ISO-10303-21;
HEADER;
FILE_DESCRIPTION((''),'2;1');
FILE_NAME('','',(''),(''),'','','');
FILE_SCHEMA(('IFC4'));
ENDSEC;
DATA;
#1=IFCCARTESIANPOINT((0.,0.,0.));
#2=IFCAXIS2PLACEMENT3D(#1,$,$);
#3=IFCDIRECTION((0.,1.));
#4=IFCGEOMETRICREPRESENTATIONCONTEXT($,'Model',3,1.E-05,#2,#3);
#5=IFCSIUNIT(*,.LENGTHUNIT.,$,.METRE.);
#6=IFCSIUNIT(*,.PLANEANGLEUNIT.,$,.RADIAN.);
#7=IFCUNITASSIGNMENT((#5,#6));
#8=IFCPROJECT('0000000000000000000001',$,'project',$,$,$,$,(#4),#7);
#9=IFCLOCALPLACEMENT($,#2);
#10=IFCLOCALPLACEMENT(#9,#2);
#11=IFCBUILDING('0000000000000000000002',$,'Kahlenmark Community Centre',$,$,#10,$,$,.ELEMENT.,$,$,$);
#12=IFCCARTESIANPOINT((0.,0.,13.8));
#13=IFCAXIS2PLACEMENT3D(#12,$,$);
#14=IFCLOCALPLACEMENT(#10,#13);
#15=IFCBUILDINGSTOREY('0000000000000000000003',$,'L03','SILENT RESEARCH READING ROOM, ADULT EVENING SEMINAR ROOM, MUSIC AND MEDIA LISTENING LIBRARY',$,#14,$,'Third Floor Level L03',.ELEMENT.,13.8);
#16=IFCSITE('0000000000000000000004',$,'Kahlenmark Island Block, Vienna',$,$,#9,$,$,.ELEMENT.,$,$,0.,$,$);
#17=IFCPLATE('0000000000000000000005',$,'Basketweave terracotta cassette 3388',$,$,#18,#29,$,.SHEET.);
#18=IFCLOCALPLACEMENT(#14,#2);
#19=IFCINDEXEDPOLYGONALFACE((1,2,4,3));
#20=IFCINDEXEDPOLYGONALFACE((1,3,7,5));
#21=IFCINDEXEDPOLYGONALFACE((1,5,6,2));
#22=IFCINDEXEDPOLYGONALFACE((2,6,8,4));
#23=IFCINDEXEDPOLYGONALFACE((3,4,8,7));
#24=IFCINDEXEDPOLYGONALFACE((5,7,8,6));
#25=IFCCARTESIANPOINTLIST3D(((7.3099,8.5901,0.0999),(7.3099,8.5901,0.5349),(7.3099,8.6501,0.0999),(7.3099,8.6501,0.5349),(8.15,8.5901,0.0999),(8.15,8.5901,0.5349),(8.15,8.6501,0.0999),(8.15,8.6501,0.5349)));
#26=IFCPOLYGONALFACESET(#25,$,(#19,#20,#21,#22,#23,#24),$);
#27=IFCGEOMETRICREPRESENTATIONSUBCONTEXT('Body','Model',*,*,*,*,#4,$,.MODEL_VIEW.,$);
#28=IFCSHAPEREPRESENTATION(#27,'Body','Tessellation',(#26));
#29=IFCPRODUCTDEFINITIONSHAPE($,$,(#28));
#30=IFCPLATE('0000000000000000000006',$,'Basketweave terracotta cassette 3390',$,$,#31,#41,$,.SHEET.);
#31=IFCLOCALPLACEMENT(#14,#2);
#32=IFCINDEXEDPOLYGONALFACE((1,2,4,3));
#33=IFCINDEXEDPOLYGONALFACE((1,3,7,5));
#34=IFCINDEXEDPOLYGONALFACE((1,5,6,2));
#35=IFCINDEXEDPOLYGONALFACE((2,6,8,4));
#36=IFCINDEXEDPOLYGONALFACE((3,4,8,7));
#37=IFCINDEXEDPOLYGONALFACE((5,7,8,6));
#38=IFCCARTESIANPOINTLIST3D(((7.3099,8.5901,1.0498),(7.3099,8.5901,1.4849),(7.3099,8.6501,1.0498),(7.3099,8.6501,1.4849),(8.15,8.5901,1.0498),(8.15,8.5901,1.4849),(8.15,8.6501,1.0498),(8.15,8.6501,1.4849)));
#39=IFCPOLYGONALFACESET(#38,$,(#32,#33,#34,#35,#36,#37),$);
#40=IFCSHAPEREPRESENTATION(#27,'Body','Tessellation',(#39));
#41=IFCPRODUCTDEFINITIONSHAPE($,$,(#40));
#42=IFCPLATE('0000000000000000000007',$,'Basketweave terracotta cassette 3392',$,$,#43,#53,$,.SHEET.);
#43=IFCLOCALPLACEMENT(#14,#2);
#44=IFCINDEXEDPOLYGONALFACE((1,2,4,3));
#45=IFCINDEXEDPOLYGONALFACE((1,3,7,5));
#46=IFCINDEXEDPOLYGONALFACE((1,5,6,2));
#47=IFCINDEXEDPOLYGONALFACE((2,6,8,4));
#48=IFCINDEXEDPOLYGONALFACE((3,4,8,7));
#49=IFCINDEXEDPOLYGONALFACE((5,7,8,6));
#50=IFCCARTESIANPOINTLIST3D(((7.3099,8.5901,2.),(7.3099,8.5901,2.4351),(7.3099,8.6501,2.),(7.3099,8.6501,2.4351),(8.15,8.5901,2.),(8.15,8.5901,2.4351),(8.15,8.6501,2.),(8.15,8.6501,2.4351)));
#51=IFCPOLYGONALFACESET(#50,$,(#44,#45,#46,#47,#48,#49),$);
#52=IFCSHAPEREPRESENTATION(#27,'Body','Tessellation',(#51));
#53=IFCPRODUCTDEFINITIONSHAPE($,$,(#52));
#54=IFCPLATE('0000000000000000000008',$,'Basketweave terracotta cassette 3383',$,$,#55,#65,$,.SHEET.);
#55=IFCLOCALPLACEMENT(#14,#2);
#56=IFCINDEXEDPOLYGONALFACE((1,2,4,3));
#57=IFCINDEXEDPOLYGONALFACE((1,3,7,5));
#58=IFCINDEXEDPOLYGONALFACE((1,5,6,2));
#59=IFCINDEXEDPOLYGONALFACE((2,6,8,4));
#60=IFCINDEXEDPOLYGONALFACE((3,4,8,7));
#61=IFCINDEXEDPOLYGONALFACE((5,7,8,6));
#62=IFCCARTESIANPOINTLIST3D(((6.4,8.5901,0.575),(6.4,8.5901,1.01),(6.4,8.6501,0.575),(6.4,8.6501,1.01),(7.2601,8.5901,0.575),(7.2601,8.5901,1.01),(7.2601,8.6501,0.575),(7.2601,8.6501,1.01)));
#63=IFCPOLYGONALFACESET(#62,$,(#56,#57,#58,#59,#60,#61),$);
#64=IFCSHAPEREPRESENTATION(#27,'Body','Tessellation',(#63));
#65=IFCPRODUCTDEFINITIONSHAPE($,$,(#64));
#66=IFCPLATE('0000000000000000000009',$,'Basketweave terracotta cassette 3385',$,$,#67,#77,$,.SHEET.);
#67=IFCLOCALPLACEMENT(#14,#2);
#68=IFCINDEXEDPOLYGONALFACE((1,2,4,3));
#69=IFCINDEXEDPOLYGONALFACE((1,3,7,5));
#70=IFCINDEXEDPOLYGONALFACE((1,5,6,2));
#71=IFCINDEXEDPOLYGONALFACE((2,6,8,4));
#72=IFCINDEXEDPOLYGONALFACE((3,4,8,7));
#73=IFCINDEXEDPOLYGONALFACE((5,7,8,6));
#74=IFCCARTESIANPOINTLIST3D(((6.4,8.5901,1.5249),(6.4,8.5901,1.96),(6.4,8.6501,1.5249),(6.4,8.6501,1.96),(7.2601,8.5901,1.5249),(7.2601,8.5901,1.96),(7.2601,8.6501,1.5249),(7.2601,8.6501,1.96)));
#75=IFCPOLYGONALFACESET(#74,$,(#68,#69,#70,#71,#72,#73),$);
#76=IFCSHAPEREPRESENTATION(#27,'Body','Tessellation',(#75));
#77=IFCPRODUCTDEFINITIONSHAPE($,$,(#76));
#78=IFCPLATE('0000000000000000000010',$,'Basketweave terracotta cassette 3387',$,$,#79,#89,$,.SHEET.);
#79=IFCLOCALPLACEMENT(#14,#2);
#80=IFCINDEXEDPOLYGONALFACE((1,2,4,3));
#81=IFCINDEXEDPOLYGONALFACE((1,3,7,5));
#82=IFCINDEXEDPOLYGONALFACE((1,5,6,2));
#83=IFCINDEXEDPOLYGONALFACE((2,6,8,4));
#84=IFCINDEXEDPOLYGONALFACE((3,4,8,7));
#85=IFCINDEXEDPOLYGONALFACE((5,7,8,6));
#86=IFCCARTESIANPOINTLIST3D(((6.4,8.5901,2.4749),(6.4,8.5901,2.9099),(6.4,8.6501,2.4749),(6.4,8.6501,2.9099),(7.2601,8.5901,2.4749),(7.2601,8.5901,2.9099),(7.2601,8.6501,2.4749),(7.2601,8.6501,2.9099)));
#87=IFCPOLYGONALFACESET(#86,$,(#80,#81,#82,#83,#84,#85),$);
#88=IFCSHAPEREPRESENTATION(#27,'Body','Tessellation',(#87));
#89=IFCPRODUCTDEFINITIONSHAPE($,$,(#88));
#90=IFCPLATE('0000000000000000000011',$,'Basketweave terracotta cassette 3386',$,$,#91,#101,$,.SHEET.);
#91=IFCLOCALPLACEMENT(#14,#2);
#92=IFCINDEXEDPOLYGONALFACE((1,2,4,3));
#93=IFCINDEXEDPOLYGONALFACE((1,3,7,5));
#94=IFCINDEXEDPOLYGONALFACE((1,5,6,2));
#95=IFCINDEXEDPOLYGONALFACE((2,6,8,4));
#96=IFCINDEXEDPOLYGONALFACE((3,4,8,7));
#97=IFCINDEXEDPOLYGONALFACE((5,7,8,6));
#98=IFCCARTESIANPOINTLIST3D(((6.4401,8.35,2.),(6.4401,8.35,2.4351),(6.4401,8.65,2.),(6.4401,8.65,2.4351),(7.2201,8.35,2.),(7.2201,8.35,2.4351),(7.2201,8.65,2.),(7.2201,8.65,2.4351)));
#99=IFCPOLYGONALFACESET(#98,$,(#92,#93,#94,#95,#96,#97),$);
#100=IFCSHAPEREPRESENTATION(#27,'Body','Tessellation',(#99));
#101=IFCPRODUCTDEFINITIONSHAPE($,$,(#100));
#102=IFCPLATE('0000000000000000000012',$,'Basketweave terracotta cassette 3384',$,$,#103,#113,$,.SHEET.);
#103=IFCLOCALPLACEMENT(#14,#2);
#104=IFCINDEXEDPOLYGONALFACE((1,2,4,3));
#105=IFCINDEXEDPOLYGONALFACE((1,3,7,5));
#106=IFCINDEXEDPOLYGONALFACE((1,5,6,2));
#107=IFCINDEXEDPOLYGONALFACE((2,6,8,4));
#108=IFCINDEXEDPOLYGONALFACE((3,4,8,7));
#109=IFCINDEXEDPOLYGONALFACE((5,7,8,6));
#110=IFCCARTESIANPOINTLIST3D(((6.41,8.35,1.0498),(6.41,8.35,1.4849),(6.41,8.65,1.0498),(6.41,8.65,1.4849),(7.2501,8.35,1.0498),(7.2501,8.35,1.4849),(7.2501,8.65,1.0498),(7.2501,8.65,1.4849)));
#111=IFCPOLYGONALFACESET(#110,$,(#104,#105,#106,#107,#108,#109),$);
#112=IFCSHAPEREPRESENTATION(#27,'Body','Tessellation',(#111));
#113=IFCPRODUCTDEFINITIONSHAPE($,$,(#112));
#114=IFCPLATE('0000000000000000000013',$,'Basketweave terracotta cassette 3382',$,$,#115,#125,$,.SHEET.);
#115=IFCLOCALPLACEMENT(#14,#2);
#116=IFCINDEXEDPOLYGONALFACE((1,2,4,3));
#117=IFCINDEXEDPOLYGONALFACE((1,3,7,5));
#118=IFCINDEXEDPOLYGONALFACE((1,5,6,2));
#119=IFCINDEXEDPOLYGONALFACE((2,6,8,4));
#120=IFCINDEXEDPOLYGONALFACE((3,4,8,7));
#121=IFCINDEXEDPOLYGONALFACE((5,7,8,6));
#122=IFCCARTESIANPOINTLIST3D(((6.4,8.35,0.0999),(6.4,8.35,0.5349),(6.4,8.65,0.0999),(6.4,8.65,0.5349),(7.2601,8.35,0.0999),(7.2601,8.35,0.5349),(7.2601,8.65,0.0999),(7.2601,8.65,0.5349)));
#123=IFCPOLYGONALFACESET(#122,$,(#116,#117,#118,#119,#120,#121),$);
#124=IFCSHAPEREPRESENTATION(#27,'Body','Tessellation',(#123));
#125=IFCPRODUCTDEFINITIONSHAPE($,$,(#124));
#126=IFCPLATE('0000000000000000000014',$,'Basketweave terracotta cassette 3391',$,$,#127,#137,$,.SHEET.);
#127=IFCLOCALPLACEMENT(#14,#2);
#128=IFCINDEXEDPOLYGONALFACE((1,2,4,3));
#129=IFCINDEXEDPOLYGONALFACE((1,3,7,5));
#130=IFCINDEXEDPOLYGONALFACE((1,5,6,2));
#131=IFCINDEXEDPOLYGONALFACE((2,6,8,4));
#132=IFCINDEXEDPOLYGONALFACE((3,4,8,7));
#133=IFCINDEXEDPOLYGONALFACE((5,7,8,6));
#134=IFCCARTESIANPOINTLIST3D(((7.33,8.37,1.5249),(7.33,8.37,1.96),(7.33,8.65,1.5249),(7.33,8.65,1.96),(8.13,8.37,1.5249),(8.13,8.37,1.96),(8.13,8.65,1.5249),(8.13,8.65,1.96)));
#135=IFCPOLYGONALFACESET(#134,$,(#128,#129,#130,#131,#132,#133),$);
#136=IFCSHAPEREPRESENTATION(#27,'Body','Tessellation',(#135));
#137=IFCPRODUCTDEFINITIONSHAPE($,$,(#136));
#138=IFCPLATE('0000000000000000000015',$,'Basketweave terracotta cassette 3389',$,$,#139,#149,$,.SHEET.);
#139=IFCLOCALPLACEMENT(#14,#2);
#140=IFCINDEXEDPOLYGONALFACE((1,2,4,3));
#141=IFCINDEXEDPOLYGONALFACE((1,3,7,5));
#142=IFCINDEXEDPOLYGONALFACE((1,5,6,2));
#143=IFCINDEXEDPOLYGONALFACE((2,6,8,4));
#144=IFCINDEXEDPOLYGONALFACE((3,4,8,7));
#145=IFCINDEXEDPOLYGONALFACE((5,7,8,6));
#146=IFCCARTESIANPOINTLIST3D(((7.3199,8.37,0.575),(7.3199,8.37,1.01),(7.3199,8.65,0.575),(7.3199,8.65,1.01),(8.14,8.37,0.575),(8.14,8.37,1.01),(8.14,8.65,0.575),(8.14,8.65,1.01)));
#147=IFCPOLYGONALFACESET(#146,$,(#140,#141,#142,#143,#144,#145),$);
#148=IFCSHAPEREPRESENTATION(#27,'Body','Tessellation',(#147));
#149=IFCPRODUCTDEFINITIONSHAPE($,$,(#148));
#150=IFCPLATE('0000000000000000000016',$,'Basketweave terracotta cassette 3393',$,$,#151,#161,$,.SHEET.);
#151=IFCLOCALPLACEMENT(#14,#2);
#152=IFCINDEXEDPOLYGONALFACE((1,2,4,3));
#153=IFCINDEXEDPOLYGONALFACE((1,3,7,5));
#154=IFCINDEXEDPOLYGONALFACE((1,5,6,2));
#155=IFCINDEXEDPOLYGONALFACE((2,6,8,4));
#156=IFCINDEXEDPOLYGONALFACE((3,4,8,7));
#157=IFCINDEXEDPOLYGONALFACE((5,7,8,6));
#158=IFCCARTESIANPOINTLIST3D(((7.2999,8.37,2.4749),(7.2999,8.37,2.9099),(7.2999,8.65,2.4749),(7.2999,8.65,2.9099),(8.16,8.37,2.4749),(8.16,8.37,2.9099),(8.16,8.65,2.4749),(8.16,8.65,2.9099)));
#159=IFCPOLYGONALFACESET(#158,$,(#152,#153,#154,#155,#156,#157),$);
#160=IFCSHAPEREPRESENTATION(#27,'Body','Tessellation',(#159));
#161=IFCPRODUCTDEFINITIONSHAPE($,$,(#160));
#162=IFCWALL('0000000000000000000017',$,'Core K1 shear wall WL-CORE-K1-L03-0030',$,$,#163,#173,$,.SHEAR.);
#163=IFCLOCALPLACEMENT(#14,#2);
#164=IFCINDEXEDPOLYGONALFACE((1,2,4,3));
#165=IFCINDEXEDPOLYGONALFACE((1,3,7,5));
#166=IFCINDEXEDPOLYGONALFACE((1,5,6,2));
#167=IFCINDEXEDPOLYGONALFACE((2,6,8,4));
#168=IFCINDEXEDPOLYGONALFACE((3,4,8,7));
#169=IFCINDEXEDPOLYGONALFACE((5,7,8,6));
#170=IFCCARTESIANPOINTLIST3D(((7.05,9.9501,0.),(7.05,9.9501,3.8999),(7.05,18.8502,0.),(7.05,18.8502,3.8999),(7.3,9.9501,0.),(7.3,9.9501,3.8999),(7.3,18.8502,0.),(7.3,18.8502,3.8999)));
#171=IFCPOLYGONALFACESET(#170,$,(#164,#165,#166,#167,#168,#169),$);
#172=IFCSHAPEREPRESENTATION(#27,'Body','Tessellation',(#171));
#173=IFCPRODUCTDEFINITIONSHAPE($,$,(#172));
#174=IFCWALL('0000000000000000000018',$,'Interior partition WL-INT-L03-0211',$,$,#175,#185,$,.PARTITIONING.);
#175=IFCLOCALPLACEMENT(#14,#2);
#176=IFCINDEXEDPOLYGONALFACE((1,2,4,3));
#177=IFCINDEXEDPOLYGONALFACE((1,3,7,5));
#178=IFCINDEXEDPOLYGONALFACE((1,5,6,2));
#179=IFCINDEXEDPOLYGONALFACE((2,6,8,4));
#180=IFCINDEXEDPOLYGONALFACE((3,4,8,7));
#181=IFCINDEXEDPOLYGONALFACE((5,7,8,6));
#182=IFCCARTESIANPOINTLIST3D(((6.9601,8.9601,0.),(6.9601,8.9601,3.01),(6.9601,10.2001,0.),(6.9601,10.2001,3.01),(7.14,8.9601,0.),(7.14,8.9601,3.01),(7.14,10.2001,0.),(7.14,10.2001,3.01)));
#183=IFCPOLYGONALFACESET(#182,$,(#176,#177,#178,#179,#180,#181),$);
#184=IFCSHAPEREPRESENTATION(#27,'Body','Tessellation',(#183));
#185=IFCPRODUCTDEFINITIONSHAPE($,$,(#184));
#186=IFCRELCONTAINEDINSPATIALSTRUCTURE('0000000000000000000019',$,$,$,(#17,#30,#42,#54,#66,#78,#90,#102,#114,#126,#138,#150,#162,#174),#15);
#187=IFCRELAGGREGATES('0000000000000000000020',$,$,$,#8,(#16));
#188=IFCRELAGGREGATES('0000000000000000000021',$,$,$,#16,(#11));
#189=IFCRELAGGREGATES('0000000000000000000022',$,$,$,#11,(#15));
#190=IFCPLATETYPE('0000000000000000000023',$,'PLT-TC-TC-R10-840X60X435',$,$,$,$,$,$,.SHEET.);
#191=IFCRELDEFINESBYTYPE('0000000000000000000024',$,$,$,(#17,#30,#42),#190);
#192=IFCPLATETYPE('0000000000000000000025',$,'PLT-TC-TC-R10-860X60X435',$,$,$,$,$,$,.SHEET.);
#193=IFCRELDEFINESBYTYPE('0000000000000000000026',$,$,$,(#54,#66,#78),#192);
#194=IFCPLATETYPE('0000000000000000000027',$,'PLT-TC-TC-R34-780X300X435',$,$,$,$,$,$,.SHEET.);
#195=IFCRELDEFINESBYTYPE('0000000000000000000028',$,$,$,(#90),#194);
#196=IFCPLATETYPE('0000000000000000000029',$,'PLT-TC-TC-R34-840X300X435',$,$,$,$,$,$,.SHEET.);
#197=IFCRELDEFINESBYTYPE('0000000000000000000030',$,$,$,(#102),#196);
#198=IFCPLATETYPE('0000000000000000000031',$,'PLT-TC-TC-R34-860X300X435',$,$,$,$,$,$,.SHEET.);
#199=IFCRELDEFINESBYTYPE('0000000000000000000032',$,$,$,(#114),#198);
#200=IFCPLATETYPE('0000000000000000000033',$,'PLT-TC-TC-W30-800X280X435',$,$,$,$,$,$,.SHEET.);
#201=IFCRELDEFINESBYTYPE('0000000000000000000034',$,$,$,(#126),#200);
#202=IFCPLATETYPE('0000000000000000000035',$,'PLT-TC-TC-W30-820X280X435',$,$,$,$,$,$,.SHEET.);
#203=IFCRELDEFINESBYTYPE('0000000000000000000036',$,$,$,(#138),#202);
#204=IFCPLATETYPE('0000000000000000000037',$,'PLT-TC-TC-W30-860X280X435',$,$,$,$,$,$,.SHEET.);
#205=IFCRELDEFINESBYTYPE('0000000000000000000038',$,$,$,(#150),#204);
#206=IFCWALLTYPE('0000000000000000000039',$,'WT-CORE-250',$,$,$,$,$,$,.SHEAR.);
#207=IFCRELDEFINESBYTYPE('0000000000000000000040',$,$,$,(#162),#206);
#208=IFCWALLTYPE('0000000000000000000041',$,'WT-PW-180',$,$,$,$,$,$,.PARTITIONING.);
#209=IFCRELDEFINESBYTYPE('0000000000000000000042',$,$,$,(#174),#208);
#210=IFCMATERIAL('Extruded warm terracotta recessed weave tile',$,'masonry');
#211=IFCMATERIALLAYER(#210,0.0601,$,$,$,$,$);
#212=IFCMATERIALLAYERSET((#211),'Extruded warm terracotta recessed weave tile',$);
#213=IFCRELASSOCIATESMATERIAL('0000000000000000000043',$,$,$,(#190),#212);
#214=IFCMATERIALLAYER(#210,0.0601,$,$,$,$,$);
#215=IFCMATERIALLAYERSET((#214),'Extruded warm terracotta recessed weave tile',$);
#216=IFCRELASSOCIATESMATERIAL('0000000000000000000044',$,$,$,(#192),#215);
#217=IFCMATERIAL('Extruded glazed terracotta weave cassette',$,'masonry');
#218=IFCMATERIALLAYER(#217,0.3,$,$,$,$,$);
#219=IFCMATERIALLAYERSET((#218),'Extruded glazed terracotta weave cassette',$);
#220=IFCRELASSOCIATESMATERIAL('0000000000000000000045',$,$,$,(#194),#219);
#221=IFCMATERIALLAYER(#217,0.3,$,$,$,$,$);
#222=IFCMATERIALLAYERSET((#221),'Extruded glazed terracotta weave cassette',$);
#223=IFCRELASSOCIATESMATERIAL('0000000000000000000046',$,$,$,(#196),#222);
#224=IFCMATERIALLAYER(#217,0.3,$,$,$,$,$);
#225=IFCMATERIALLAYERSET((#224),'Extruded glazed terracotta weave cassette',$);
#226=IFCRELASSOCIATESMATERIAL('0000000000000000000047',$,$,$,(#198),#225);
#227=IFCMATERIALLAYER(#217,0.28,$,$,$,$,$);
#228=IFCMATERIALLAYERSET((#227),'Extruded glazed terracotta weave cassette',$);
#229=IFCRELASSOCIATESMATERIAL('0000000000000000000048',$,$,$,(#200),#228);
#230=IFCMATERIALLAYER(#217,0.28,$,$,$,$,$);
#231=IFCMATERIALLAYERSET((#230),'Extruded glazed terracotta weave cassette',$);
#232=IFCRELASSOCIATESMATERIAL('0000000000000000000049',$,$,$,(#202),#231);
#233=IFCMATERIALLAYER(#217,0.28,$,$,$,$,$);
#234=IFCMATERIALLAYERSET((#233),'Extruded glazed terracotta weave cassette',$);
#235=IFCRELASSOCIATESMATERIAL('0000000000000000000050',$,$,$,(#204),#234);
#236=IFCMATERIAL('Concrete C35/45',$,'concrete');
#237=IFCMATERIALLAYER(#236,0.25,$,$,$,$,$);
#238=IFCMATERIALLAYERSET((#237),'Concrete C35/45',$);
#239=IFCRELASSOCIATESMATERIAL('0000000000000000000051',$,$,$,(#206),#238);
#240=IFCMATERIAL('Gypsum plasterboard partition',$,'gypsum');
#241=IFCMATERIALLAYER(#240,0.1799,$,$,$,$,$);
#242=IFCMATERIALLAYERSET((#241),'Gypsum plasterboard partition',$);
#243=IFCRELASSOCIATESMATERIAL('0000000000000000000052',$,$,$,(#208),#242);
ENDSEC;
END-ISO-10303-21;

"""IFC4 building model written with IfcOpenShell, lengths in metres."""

from ifc_helpers import new_model, si_unit, direction, frame, frame_2d, origin, origin_2d, place, context, subcontext, project, spatial, rectangle, extrude, material, layer, layer_set, type_object, element, save


model = new_model("IFC4")

# Units and contexts
model_context = context("Model", 3, precision=1e-05, world=origin(), true_north=direction((0.0, 1.0)))
body_context = subcontext(model_context, "Body", "Model", "MODEL_VIEW")
ifc_project = project(units=[si_unit("LENGTHUNIT", "METRE"), si_unit("PLANEANGLEUNIT", "RADIAN")], contexts=[model_context])

# Site, building, storey
site_placement = place(None, origin())
site = spatial("IfcSite", under=ifc_project, at=site_placement, Name="Kahlenmark Island Block, Vienna", CompositionType="ELEMENT", RefElevation=0.0)
building_placement = place(site_placement, origin())
building = spatial("IfcBuilding", under=site, at=building_placement, Name="Kahlenmark Community Centre", CompositionType="ELEMENT")
storey_placement = place(building_placement, frame((0.0, 0.0, 13.8)))
storey = spatial("IfcBuildingStorey", under=building, at=storey_placement, Name="L03", Description="SILENT RESEARCH READING ROOM, ADULT EVENING SEMINAR ROOM, MUSIC AND MEDIA LISTENING LIBRARY", LongName="Third Floor Level L03", CompositionType="ELEMENT", Elevation=13.8)

# Plates
ifc_material_1 = material(Name="Extruded warm terracotta recessed weave tile", Category="masonry")
ifc_layer_1 = layer(ifc_material_1, 0.0601)
ifc_layer_set_1 = layer_set([ifc_layer_1], Name="Extruded warm terracotta recessed weave tile")
plate_type_1 = type_object("IfcPlateType", Name="PLT-TC-TC-R10-840X60X435", PredefinedType="SHEET", material=ifc_layer_set_1)
for number, where, z_axis, x_axis, name in (
    (1, (7.73, 8.6201, 0.0999), (0.0, 0.0, 1.0), (1.0, 0.0, 0.0), "Basketweave terracotta cassette 3388"),
    (2, (7.73, 8.6201, 1.0498), (0.0, 0.0, 1.0), (1.0, 0.0, 0.0), "Basketweave terracotta cassette 3390"),
    (3, (7.73, 8.6201, 2.0), (0.0, 0.0, 1.0), (1.0, 0.0, 0.0), "Basketweave terracotta cassette 3392"),
):
    element("IfcPlate", number, at=place(storey_placement, frame(where, z_axis=z_axis, x_axis=x_axis)), inside=storey, type_object=plate_type_1, Name=name, PredefinedType="SHEET", context=body_context, shape_type="SweptSolid", body=[
        extrude(rectangle(XDim=0.8401, YDim=0.0601, at=origin_2d()), origin(), (0.0, 0.0, 1.0), 0.4351),
    ])
ifc_layer_2 = layer(ifc_material_1, 0.0601)
ifc_layer_set_2 = layer_set([ifc_layer_2], Name="Extruded warm terracotta recessed weave tile")
plate_type_2 = type_object("IfcPlateType", Name="PLT-TC-TC-R10-860X60X435", PredefinedType="SHEET", material=ifc_layer_set_2)
for number, where, z_axis, x_axis, name in (
    (4, (6.8301, 8.6201, 0.575), (0.0, 0.0, 1.0), (1.0, 0.0, 0.0), "Basketweave terracotta cassette 3383"),
    (5, (6.8301, 8.6201, 1.5249), (0.0, 0.0, 1.0), (1.0, 0.0, 0.0), "Basketweave terracotta cassette 3385"),
    (6, (6.8301, 8.6201, 2.4749), (0.0, 0.0, 1.0), (1.0, 0.0, 0.0), "Basketweave terracotta cassette 3387"),
):
    element("IfcPlate", number, at=place(storey_placement, frame(where, z_axis=z_axis, x_axis=x_axis)), inside=storey, type_object=plate_type_2, Name=name, PredefinedType="SHEET", context=body_context, shape_type="SweptSolid", body=[
        extrude(rectangle(XDim=0.8601, YDim=0.0601, at=origin_2d()), origin(), (0.0, 0.0, 1.0), 0.4351),
    ])
ifc_material_2 = material(Name="Extruded glazed terracotta weave cassette", Category="masonry")
ifc_layer_3 = layer(ifc_material_2, 0.3)
ifc_layer_set_3 = layer_set([ifc_layer_3], Name="Extruded glazed terracotta weave cassette")
plate_type_3 = type_object("IfcPlateType", Name="PLT-TC-TC-R34-780X300X435", PredefinedType="SHEET", material=ifc_layer_set_3)
plate_1_placement = place(storey_placement, frame((6.8301, 8.5, 2.0), z_axis=(0.0, 0.0, 1.0), x_axis=(1.0, 0.0, 0.0)))
element("IfcPlate", 7, at=plate_1_placement, inside=storey, type_object=plate_type_3, Name="Basketweave terracotta cassette 3386", PredefinedType="SHEET", context=body_context, shape_type="SweptSolid", body=[
    extrude(rectangle(XDim=0.78, YDim=0.3, at=origin_2d()), origin(), (0.0, 0.0, 1.0), 0.4351),
])
ifc_layer_4 = layer(ifc_material_2, 0.3)
ifc_layer_set_4 = layer_set([ifc_layer_4], Name="Extruded glazed terracotta weave cassette")
plate_type_4 = type_object("IfcPlateType", Name="PLT-TC-TC-R34-840X300X435", PredefinedType="SHEET", material=ifc_layer_set_4)
plate_2_placement = place(storey_placement, frame((6.8301, 8.5, 1.0498), z_axis=(0.0, 0.0, 1.0), x_axis=(1.0, 0.0, 0.0)))
element("IfcPlate", 8, at=plate_2_placement, inside=storey, type_object=plate_type_4, Name="Basketweave terracotta cassette 3384", PredefinedType="SHEET", context=body_context, shape_type="SweptSolid", body=[
    extrude(rectangle(XDim=0.8401, YDim=0.3, at=origin_2d()), origin(), (0.0, 0.0, 1.0), 0.4351),
])
ifc_layer_5 = layer(ifc_material_2, 0.3)
ifc_layer_set_5 = layer_set([ifc_layer_5], Name="Extruded glazed terracotta weave cassette")
plate_type_5 = type_object("IfcPlateType", Name="PLT-TC-TC-R34-860X300X435", PredefinedType="SHEET", material=ifc_layer_set_5)
plate_3_placement = place(storey_placement, frame((6.8301, 8.5, 0.0999), z_axis=(0.0, 0.0, 1.0), x_axis=(1.0, 0.0, 0.0)))
element("IfcPlate", 9, at=plate_3_placement, inside=storey, type_object=plate_type_5, Name="Basketweave terracotta cassette 3382", PredefinedType="SHEET", context=body_context, shape_type="SweptSolid", body=[
    extrude(rectangle(XDim=0.8601, YDim=0.3, at=origin_2d()), origin(), (0.0, 0.0, 1.0), 0.4351),
])
ifc_layer_6 = layer(ifc_material_2, 0.28)
ifc_layer_set_6 = layer_set([ifc_layer_6], Name="Extruded glazed terracotta weave cassette")
plate_type_6 = type_object("IfcPlateType", Name="PLT-TC-TC-W30-800X280X435", PredefinedType="SHEET", material=ifc_layer_set_6)
plate_4_placement = place(storey_placement, frame((7.73, 8.51, 1.5249), z_axis=(0.0, 0.0, 1.0), x_axis=(1.0, 0.0, 0.0)))
element("IfcPlate", 10, at=plate_4_placement, inside=storey, type_object=plate_type_6, Name="Basketweave terracotta cassette 3391", PredefinedType="SHEET", context=body_context, shape_type="SweptSolid", body=[
    extrude(rectangle(XDim=0.8, YDim=0.28, at=origin_2d()), origin(), (0.0, 0.0, 1.0), 0.4351),
])
ifc_layer_7 = layer(ifc_material_2, 0.28)
ifc_layer_set_7 = layer_set([ifc_layer_7], Name="Extruded glazed terracotta weave cassette")
plate_type_7 = type_object("IfcPlateType", Name="PLT-TC-TC-W30-820X280X435", PredefinedType="SHEET", material=ifc_layer_set_7)
plate_5_placement = place(storey_placement, frame((7.73, 8.51, 0.575), z_axis=(0.0, 0.0, 1.0), x_axis=(1.0, 0.0, 0.0)))
element("IfcPlate", 11, at=plate_5_placement, inside=storey, type_object=plate_type_7, Name="Basketweave terracotta cassette 3389", PredefinedType="SHEET", context=body_context, shape_type="SweptSolid", body=[
    extrude(rectangle(XDim=0.8201, YDim=0.28, at=origin_2d()), origin(), (0.0, 0.0, 1.0), 0.4351),
])
ifc_layer_8 = layer(ifc_material_2, 0.28)
ifc_layer_set_8 = layer_set([ifc_layer_8], Name="Extruded glazed terracotta weave cassette")
plate_type_8 = type_object("IfcPlateType", Name="PLT-TC-TC-W30-860X280X435", PredefinedType="SHEET", material=ifc_layer_set_8)
plate_6_placement = place(storey_placement, frame((7.73, 8.51, 2.4749), z_axis=(0.0, 0.0, 1.0), x_axis=(1.0, 0.0, 0.0)))
element("IfcPlate", 12, at=plate_6_placement, inside=storey, type_object=plate_type_8, Name="Basketweave terracotta cassette 3393", PredefinedType="SHEET", context=body_context, shape_type="SweptSolid", body=[
    extrude(rectangle(XDim=0.8601, YDim=0.28, at=origin_2d()), origin(), (0.0, 0.0, 1.0), 0.4351),
])

# Shared definitions
ifc_material_3 = material(Name="Concrete C35/45", Category="concrete")
ifc_layer_9 = layer(ifc_material_3, 0.25)
ifc_layer_set_9 = layer_set([ifc_layer_9], Name="Concrete C35/45")
wall_type_1 = type_object("IfcWallType", Name="WT-CORE-250", PredefinedType="SHEAR", material=ifc_layer_set_9)

# Walls
wall_1_placement = place(storey_placement, frame((7.175, 9.95, 0.0), z_axis=(0.0, 0.0, 1.0), x_axis=(0.0, 1.0, 0.0)))
element("IfcWall", 13, at=wall_1_placement, inside=storey, type_object=wall_type_1, Name="Core K1 shear wall WL-CORE-K1-L03-0030", PredefinedType="SHEAR", context=body_context, shape_type="SweptSolid", body=[
    extrude(rectangle(XDim=8.9001, YDim=0.25, at=frame_2d((4.4502, 0.0))), origin(), (0.0, 0.0, 1.0), 3.8999),
])
ifc_material_4 = material(Name="Gypsum plasterboard partition", Category="gypsum")
ifc_layer_10 = layer(ifc_material_4, 0.1799)
ifc_layer_set_10 = layer_set([ifc_layer_10], Name="Gypsum plasterboard partition")
wall_type_2 = type_object("IfcWallType", Name="WT-PW-180", PredefinedType="PARTITIONING", material=ifc_layer_set_10)
wall_2_placement = place(storey_placement, frame((7.05, 8.96, 0.0), z_axis=(0.0, 0.0, 1.0), x_axis=(0.0, 1.0, 0.0)))
element("IfcWall", 14, at=wall_2_placement, inside=storey, type_object=wall_type_2, Name="Interior partition WL-INT-L03-0211", PredefinedType="PARTITIONING", context=body_context, shape_type="SweptSolid", body=[
    extrude(rectangle(XDim=1.24, YDim=0.1799, at=frame_2d((0.6201, 0.0))), origin(), (0.0, 0.0, 1.0), 3.01),
])

save(model, "model.ifc")
